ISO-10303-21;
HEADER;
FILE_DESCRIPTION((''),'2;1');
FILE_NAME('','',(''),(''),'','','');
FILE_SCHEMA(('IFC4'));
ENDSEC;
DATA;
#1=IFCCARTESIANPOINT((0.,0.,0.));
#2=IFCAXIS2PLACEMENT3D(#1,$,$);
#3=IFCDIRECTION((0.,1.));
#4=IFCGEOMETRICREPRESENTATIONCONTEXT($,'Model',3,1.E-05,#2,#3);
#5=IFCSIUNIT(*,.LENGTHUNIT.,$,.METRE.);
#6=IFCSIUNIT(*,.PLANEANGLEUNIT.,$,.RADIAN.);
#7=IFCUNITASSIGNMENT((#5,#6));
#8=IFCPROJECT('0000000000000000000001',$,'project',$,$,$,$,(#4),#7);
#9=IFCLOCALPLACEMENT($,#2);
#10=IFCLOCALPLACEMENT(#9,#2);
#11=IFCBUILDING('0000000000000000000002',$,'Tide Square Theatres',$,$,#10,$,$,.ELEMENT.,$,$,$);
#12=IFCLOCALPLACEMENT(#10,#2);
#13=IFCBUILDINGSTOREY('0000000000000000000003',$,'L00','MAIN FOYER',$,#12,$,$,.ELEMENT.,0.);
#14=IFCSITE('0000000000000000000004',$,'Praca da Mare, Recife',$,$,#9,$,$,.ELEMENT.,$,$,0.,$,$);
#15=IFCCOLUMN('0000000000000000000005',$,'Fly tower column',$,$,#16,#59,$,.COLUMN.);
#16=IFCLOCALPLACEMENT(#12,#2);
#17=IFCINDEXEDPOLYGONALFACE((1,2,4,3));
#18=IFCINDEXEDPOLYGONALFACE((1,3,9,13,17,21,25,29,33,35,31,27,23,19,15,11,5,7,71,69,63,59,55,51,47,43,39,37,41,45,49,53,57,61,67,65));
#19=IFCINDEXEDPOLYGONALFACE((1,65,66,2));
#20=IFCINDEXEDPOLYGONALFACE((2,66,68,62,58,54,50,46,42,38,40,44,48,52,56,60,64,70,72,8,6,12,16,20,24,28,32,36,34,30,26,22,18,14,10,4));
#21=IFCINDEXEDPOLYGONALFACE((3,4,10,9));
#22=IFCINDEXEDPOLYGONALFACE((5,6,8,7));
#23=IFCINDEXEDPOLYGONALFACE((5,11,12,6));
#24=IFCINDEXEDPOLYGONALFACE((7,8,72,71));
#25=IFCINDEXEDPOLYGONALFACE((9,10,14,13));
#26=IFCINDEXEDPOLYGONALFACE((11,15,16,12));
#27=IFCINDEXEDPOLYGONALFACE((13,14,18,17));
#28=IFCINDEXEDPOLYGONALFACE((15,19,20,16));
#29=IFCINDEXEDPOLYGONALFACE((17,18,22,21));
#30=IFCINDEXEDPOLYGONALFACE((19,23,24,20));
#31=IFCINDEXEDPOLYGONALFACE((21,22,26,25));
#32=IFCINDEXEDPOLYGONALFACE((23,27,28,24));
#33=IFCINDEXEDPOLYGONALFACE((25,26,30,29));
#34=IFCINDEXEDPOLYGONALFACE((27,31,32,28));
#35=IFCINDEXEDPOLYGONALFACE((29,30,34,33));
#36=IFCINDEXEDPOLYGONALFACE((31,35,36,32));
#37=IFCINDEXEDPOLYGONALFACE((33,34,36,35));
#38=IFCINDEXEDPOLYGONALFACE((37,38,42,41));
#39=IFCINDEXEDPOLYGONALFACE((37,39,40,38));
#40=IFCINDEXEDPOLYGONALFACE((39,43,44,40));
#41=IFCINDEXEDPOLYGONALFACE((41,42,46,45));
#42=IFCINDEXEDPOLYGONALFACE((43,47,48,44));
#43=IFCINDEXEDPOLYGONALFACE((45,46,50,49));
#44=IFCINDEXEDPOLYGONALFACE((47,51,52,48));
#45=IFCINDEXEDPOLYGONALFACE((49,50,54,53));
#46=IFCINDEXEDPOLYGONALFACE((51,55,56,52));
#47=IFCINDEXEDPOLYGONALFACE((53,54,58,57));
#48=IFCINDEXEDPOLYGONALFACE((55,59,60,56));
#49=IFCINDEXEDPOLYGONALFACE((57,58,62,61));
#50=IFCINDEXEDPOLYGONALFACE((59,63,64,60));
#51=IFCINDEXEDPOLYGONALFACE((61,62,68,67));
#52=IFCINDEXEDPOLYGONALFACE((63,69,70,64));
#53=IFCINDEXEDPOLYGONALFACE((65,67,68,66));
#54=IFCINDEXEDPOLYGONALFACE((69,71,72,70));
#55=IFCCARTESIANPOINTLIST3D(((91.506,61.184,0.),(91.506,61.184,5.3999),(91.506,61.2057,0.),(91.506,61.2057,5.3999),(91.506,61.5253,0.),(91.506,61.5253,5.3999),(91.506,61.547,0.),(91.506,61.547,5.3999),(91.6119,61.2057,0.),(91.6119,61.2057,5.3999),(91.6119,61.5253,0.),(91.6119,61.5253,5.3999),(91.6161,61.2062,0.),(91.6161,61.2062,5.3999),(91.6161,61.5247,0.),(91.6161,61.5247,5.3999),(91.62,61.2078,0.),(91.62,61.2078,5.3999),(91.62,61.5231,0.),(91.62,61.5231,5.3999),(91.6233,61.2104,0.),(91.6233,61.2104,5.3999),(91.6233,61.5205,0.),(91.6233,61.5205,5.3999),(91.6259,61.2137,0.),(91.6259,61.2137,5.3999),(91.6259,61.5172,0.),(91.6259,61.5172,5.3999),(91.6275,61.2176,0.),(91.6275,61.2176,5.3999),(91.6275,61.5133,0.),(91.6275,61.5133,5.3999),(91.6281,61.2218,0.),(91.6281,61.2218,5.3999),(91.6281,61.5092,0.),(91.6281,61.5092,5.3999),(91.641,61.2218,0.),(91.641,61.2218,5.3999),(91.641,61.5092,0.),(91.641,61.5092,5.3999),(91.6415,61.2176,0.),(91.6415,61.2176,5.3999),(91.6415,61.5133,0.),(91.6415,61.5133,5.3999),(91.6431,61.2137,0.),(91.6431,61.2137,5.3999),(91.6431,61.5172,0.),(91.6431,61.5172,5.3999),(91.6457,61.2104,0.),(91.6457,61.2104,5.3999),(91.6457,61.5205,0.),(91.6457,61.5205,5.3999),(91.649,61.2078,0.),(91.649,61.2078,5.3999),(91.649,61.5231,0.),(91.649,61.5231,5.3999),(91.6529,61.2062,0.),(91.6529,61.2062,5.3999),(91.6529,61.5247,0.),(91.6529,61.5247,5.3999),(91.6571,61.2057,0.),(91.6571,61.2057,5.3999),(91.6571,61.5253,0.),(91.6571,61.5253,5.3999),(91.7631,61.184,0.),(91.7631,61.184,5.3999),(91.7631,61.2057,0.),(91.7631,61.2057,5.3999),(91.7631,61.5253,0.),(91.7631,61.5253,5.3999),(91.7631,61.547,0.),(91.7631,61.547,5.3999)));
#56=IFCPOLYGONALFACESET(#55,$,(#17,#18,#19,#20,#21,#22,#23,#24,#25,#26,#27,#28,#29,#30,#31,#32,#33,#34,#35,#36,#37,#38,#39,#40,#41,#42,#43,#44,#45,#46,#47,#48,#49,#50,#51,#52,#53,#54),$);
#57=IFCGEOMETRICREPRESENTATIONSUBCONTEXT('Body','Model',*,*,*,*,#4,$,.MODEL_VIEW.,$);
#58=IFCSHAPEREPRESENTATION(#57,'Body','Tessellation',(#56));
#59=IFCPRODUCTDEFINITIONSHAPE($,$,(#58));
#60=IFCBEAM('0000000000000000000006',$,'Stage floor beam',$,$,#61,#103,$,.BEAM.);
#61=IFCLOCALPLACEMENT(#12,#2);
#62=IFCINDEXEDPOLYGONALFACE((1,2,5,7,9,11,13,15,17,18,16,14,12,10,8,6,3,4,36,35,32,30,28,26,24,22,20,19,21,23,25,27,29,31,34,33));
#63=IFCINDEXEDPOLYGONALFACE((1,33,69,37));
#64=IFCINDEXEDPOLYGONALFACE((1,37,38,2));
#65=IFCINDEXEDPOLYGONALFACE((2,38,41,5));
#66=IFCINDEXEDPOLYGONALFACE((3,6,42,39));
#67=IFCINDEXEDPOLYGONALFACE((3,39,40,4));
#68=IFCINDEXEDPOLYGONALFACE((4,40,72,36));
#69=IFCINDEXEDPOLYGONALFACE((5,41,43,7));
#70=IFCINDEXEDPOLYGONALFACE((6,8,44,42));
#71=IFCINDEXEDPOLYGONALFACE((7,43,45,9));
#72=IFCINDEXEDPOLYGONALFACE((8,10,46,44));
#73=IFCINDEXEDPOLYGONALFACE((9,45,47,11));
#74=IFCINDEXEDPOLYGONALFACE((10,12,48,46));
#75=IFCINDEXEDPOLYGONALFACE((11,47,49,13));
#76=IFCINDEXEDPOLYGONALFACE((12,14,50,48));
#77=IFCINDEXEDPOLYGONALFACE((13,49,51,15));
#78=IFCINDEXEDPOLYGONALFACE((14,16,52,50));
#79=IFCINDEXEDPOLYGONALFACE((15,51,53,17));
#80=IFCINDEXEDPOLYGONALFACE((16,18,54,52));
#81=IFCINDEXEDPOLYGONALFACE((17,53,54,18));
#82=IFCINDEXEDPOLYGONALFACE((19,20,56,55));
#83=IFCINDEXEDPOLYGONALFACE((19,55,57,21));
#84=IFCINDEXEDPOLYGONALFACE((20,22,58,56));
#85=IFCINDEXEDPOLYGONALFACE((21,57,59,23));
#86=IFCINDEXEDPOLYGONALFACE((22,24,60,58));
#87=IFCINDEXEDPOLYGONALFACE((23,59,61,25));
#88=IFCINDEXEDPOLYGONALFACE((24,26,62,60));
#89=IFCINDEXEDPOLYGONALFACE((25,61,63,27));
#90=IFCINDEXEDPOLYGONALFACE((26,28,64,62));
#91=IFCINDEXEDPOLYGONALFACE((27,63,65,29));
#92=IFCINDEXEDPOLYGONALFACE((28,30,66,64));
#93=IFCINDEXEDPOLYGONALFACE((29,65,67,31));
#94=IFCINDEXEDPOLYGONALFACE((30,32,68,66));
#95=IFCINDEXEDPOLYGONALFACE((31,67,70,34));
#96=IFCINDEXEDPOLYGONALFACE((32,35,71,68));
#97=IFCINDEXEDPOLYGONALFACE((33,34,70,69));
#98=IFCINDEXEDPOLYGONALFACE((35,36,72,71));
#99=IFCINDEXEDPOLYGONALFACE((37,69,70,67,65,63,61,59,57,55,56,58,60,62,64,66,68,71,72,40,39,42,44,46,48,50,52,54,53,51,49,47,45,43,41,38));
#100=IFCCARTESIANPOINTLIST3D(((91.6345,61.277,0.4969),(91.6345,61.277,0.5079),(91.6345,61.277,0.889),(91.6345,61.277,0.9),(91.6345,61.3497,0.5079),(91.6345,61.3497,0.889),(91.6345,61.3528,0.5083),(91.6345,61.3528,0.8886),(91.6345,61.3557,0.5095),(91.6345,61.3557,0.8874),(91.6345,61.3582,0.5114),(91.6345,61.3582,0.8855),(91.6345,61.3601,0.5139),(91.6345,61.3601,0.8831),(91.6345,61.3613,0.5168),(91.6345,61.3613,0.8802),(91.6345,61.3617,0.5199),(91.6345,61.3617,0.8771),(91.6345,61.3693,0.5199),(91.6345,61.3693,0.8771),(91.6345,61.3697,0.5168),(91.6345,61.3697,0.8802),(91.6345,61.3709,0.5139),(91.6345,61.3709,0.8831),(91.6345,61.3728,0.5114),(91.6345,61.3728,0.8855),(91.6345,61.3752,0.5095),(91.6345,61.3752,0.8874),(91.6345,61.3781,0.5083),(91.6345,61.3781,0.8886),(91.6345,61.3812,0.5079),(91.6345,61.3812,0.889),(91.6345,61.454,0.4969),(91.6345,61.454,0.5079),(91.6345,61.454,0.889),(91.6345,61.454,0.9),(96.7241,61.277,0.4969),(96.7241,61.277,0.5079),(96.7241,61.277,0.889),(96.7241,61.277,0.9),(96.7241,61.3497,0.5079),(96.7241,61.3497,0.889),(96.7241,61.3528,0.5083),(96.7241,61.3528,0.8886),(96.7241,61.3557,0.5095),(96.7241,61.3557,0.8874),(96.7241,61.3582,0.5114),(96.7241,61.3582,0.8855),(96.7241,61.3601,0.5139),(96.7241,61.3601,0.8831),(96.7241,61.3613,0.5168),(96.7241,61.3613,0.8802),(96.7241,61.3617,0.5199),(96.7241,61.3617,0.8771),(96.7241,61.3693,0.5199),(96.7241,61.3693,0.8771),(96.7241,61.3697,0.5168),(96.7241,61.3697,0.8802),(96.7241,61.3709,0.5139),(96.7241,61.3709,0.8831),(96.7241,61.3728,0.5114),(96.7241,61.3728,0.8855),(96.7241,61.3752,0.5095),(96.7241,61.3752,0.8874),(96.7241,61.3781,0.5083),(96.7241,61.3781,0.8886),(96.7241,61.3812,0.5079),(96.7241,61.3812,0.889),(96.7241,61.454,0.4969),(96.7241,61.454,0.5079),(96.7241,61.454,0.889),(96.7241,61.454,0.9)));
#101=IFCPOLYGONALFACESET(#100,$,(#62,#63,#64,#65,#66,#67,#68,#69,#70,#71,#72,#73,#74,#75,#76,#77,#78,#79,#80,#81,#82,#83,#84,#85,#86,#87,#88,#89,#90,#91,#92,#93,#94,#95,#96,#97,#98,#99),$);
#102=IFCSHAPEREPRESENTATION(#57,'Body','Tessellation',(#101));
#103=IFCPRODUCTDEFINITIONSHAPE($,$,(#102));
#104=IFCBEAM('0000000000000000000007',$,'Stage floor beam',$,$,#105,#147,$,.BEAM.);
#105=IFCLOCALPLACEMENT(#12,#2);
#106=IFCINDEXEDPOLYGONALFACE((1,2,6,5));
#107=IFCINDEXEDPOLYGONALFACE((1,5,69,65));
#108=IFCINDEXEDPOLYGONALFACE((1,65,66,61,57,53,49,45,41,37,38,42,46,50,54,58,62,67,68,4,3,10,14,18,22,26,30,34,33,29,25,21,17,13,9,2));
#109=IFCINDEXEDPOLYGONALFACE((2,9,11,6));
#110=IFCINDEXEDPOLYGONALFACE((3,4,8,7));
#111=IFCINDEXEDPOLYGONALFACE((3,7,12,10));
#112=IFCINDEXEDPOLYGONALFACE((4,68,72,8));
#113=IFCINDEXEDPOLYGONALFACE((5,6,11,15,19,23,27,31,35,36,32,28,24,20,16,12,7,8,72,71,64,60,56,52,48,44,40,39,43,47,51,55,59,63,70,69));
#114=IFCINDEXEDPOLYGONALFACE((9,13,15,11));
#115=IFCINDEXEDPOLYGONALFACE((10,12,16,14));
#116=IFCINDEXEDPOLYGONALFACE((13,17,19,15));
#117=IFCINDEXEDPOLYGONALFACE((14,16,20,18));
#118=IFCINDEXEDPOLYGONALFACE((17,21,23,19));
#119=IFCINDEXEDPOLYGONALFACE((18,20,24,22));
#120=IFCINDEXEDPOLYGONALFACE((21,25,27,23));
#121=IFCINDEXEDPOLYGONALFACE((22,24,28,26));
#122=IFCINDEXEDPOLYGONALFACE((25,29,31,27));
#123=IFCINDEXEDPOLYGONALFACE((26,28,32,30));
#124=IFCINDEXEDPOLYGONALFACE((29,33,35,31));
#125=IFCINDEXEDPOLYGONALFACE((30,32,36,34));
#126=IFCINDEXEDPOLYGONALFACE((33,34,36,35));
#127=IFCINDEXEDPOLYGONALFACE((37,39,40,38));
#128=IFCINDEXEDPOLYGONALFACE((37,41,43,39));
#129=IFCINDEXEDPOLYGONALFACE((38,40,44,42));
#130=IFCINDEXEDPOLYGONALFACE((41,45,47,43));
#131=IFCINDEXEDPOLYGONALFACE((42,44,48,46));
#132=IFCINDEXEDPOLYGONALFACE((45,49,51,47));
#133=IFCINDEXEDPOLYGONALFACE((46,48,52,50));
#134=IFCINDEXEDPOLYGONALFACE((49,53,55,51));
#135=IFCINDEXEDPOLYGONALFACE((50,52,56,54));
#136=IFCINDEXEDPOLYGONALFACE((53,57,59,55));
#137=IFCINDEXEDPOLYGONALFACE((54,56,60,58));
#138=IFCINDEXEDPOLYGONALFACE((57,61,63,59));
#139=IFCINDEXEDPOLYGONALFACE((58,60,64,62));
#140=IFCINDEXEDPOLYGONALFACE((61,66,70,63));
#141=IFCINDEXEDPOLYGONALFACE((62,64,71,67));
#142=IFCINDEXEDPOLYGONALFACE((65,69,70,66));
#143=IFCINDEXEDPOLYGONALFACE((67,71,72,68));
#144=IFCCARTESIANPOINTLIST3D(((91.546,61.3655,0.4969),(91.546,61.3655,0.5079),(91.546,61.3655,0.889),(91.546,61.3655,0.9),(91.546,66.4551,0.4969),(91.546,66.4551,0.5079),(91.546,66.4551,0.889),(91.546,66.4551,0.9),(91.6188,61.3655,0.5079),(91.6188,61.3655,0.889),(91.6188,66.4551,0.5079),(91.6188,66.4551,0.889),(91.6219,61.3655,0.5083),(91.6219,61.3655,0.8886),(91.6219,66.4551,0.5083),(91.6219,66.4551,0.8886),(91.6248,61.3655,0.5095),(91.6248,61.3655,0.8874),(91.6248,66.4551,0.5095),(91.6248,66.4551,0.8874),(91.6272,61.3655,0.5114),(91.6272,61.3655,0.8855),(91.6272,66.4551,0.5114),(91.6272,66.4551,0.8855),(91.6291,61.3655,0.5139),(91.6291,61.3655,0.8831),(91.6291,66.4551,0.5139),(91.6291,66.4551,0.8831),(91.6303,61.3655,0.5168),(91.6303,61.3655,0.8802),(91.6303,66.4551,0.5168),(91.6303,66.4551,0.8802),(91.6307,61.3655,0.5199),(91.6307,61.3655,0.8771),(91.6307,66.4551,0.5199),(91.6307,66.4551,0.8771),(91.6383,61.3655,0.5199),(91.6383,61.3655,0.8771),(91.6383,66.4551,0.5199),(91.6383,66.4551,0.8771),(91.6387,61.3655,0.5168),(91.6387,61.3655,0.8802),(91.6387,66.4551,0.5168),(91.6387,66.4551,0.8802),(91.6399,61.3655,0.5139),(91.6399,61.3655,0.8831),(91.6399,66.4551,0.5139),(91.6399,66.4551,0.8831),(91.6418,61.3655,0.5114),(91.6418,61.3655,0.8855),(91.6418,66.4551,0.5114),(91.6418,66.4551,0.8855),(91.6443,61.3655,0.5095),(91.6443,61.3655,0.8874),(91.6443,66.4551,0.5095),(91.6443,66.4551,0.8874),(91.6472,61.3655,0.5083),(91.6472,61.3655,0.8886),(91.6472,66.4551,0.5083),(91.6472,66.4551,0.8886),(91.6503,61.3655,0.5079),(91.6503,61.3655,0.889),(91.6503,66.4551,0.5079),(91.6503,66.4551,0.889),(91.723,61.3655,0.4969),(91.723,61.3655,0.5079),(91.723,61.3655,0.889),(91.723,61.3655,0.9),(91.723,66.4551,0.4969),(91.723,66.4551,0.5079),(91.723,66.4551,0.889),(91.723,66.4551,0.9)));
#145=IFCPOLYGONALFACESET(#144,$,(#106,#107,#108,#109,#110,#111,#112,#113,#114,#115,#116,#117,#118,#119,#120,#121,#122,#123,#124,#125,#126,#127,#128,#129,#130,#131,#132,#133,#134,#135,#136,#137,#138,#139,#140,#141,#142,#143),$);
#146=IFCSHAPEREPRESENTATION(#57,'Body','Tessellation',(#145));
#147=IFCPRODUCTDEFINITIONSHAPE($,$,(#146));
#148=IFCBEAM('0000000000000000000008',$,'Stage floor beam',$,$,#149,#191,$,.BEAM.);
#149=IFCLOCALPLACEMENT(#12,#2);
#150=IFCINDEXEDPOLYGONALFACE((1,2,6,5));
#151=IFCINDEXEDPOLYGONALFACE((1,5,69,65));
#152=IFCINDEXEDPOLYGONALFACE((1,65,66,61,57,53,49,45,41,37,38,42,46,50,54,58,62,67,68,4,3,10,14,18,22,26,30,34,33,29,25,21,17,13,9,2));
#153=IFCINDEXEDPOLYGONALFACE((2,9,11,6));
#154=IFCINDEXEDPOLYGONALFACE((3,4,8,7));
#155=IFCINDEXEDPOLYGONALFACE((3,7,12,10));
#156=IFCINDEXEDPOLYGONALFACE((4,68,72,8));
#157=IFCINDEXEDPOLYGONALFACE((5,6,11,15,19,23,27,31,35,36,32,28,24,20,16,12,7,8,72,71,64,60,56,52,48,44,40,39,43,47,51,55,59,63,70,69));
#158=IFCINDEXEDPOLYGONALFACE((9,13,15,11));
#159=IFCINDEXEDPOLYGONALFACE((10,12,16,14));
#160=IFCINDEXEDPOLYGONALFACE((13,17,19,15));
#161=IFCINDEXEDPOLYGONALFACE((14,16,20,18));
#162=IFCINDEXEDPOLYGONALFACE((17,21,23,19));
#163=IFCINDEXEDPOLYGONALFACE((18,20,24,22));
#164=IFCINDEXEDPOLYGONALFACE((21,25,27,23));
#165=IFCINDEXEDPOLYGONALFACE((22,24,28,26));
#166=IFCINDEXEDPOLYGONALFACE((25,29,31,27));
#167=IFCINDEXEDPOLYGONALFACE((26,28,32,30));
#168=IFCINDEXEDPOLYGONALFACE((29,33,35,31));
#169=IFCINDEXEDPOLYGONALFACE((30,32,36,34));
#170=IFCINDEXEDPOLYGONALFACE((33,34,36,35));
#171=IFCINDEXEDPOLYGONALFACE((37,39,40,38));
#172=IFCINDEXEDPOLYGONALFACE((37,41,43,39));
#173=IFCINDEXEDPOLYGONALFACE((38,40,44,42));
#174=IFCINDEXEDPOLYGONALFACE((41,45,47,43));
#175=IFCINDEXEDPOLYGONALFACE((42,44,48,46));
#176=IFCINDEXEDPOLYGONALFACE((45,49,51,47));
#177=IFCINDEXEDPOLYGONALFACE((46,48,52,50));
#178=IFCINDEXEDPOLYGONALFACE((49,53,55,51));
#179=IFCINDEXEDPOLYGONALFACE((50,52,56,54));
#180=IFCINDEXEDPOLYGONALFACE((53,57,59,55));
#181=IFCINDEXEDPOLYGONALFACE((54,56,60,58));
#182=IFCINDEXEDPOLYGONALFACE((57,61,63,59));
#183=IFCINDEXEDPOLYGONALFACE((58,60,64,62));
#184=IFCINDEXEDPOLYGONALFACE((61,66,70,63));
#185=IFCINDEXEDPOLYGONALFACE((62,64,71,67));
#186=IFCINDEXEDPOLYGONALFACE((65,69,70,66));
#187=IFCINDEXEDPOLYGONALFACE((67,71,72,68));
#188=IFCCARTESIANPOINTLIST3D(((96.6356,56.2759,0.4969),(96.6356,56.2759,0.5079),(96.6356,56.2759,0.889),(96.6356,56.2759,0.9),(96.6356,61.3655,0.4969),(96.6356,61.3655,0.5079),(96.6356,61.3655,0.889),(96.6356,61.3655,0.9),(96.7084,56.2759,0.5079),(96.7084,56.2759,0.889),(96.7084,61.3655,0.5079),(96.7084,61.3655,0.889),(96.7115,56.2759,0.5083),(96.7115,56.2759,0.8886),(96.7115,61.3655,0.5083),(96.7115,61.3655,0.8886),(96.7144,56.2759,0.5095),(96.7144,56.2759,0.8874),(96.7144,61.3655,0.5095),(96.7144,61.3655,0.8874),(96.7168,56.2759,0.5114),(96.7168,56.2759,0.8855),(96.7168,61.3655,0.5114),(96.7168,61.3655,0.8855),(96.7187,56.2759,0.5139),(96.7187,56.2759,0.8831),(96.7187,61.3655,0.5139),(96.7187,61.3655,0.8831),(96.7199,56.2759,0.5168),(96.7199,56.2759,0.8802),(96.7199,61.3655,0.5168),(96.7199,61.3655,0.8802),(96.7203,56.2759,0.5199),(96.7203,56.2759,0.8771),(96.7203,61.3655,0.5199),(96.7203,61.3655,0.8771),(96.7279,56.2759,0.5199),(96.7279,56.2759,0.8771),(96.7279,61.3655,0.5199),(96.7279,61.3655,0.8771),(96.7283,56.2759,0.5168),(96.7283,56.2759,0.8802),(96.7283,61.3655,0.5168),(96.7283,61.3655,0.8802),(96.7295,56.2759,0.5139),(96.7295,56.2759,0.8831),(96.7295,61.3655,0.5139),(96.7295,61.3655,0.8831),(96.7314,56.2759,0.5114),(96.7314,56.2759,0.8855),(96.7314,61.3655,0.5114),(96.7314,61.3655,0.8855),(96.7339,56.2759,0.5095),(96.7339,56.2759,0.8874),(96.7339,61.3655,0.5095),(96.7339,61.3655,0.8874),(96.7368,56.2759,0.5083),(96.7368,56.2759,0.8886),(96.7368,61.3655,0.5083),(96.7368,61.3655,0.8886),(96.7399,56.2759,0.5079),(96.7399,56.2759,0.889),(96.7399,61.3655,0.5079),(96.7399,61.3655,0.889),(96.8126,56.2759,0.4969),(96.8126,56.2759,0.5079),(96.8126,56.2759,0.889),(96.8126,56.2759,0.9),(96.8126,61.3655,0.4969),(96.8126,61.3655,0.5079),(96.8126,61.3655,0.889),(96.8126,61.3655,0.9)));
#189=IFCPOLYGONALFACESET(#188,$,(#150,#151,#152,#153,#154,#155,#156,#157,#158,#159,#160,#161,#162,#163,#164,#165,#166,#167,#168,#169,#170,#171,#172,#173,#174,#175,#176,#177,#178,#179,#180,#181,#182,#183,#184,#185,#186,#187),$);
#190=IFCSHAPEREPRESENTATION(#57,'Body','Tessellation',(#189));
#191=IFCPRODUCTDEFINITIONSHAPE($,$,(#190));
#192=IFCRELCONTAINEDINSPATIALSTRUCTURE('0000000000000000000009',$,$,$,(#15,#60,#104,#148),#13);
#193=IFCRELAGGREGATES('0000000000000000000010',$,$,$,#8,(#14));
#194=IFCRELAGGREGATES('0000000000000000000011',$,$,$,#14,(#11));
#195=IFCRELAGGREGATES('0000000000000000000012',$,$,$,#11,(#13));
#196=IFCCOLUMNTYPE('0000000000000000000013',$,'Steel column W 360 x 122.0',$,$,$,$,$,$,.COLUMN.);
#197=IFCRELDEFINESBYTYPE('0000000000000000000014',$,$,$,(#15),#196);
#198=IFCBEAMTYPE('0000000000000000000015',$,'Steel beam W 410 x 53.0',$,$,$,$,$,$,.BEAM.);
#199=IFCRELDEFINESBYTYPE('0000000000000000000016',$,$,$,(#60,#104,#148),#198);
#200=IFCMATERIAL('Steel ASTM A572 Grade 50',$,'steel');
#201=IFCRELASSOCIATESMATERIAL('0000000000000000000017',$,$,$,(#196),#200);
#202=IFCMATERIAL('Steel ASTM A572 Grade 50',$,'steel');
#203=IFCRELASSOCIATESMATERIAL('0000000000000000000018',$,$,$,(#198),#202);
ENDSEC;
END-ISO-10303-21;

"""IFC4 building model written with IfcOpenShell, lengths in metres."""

from ifc_helpers import new_model, si_unit, direction, frame, origin, origin_2d, place, context, subcontext, project, spatial, i_section, extrude, material, material_profile, profile_set, type_object, element, save


model = new_model("IFC4")

# Units and contexts
model_context = context("Model", 3, precision=1e-05, world=origin(), true_north=direction((0.0, 1.0)))
body_context = subcontext(model_context, "Body", "Model", "MODEL_VIEW")
ifc_project = project(units=[si_unit("LENGTHUNIT", "METRE"), si_unit("PLANEANGLEUNIT", "RADIAN")], contexts=[model_context])

# Site, building, storey
site_placement = place(None, origin())
site = spatial("IfcSite", under=ifc_project, at=site_placement, Name="Praca da Mare, Recife", CompositionType="ELEMENT", RefElevation=0.0)
building_placement = place(site_placement, origin())
building = spatial("IfcBuilding", under=site, at=building_placement, Name="Tide Square Theatres", CompositionType="ELEMENT")
storey_placement = place(building_placement, origin())
storey = spatial("IfcBuildingStorey", under=building, at=storey_placement, Name="L00", Description="MAIN FOYER", CompositionType="ELEMENT", Elevation=0.0)

# Column
ifc_material_1 = material(Name="Steel ASTM A572 Grade 50", Category="steel")
ifc_material_profile_1 = material_profile(ifc_material_1, i_section(OverallWidth=0.2571, OverallDepth=0.363, WebThickness=0.0129, FlangeThickness=0.0217, FilletRadius=0.0161, at=origin_2d()))
ifc_profile_set_1 = profile_set([ifc_material_profile_1], Name="Steel ASTM A572 Grade 50")
column_type_1 = type_object("IfcColumnType", Name="Steel column W 360 x 122.0", PredefinedType="COLUMN", material=ifc_profile_set_1)
column_placement = place(storey_placement, frame((91.6345, 61.3655, 0.0), z_axis=(0.0, 0.0, 1.0), x_axis=(1.0, 0.0, 0.0)))
element("IfcColumn", 1, at=column_placement, inside=storey, type_object=column_type_1, Name="Fly tower column", PredefinedType="COLUMN", context=body_context, shape_type="SweptSolid", body=[
    extrude(i_section(OverallWidth=0.2571, OverallDepth=0.363, WebThickness=0.0129, FlangeThickness=0.0217, FilletRadius=0.0161, at=origin_2d()), origin(), (0.0, 0.0, 1.0), 5.3999),
])

# Beams
ifc_material_2 = material(Name="Steel ASTM A572 Grade 50", Category="steel")
ifc_material_profile_2 = material_profile(ifc_material_2, i_section(OverallWidth=0.177, OverallDepth=0.4031, WebThickness=0.0076, FlangeThickness=0.011, FilletRadius=0.012, at=origin_2d()))
ifc_profile_set_2 = profile_set([ifc_material_profile_2], Name="Steel ASTM A572 Grade 50")
beam_type = type_object("IfcBeamType", Name="Steel beam W 410 x 53.0", PredefinedType="BEAM", material=ifc_profile_set_2)
for number, where, z_axis, x_axis, name in (
    (2, (91.6345, 61.3655, 0.6985), (1.0, 0.0, 0.0), (0.0, 1.0, 0.0), "Stage floor beam"),
    (3, (91.6345, 61.3655, 0.6985), (0.0, 1.0, 0.0), (-1.0, 0.0, 0.0), "Stage floor beam"),
    (4, (96.7241, 56.2759, 0.6985), (0.0, 1.0, 0.0), (-1.0, 0.0, 0.0), "Stage floor beam"),
):
    element("IfcBeam", number, at=place(storey_placement, frame(where, z_axis=z_axis, x_axis=x_axis)), inside=storey, type_object=beam_type, Name=name, PredefinedType="BEAM", context=body_context, shape_type="SweptSolid", body=[
        extrude(i_section(OverallWidth=0.177, OverallDepth=0.4031, WebThickness=0.0076, FlangeThickness=0.011, FilletRadius=0.012, at=origin_2d()), origin(), (0.0, 0.0, 1.0), 5.0896),
    ])

save(model, "model.ifc")
